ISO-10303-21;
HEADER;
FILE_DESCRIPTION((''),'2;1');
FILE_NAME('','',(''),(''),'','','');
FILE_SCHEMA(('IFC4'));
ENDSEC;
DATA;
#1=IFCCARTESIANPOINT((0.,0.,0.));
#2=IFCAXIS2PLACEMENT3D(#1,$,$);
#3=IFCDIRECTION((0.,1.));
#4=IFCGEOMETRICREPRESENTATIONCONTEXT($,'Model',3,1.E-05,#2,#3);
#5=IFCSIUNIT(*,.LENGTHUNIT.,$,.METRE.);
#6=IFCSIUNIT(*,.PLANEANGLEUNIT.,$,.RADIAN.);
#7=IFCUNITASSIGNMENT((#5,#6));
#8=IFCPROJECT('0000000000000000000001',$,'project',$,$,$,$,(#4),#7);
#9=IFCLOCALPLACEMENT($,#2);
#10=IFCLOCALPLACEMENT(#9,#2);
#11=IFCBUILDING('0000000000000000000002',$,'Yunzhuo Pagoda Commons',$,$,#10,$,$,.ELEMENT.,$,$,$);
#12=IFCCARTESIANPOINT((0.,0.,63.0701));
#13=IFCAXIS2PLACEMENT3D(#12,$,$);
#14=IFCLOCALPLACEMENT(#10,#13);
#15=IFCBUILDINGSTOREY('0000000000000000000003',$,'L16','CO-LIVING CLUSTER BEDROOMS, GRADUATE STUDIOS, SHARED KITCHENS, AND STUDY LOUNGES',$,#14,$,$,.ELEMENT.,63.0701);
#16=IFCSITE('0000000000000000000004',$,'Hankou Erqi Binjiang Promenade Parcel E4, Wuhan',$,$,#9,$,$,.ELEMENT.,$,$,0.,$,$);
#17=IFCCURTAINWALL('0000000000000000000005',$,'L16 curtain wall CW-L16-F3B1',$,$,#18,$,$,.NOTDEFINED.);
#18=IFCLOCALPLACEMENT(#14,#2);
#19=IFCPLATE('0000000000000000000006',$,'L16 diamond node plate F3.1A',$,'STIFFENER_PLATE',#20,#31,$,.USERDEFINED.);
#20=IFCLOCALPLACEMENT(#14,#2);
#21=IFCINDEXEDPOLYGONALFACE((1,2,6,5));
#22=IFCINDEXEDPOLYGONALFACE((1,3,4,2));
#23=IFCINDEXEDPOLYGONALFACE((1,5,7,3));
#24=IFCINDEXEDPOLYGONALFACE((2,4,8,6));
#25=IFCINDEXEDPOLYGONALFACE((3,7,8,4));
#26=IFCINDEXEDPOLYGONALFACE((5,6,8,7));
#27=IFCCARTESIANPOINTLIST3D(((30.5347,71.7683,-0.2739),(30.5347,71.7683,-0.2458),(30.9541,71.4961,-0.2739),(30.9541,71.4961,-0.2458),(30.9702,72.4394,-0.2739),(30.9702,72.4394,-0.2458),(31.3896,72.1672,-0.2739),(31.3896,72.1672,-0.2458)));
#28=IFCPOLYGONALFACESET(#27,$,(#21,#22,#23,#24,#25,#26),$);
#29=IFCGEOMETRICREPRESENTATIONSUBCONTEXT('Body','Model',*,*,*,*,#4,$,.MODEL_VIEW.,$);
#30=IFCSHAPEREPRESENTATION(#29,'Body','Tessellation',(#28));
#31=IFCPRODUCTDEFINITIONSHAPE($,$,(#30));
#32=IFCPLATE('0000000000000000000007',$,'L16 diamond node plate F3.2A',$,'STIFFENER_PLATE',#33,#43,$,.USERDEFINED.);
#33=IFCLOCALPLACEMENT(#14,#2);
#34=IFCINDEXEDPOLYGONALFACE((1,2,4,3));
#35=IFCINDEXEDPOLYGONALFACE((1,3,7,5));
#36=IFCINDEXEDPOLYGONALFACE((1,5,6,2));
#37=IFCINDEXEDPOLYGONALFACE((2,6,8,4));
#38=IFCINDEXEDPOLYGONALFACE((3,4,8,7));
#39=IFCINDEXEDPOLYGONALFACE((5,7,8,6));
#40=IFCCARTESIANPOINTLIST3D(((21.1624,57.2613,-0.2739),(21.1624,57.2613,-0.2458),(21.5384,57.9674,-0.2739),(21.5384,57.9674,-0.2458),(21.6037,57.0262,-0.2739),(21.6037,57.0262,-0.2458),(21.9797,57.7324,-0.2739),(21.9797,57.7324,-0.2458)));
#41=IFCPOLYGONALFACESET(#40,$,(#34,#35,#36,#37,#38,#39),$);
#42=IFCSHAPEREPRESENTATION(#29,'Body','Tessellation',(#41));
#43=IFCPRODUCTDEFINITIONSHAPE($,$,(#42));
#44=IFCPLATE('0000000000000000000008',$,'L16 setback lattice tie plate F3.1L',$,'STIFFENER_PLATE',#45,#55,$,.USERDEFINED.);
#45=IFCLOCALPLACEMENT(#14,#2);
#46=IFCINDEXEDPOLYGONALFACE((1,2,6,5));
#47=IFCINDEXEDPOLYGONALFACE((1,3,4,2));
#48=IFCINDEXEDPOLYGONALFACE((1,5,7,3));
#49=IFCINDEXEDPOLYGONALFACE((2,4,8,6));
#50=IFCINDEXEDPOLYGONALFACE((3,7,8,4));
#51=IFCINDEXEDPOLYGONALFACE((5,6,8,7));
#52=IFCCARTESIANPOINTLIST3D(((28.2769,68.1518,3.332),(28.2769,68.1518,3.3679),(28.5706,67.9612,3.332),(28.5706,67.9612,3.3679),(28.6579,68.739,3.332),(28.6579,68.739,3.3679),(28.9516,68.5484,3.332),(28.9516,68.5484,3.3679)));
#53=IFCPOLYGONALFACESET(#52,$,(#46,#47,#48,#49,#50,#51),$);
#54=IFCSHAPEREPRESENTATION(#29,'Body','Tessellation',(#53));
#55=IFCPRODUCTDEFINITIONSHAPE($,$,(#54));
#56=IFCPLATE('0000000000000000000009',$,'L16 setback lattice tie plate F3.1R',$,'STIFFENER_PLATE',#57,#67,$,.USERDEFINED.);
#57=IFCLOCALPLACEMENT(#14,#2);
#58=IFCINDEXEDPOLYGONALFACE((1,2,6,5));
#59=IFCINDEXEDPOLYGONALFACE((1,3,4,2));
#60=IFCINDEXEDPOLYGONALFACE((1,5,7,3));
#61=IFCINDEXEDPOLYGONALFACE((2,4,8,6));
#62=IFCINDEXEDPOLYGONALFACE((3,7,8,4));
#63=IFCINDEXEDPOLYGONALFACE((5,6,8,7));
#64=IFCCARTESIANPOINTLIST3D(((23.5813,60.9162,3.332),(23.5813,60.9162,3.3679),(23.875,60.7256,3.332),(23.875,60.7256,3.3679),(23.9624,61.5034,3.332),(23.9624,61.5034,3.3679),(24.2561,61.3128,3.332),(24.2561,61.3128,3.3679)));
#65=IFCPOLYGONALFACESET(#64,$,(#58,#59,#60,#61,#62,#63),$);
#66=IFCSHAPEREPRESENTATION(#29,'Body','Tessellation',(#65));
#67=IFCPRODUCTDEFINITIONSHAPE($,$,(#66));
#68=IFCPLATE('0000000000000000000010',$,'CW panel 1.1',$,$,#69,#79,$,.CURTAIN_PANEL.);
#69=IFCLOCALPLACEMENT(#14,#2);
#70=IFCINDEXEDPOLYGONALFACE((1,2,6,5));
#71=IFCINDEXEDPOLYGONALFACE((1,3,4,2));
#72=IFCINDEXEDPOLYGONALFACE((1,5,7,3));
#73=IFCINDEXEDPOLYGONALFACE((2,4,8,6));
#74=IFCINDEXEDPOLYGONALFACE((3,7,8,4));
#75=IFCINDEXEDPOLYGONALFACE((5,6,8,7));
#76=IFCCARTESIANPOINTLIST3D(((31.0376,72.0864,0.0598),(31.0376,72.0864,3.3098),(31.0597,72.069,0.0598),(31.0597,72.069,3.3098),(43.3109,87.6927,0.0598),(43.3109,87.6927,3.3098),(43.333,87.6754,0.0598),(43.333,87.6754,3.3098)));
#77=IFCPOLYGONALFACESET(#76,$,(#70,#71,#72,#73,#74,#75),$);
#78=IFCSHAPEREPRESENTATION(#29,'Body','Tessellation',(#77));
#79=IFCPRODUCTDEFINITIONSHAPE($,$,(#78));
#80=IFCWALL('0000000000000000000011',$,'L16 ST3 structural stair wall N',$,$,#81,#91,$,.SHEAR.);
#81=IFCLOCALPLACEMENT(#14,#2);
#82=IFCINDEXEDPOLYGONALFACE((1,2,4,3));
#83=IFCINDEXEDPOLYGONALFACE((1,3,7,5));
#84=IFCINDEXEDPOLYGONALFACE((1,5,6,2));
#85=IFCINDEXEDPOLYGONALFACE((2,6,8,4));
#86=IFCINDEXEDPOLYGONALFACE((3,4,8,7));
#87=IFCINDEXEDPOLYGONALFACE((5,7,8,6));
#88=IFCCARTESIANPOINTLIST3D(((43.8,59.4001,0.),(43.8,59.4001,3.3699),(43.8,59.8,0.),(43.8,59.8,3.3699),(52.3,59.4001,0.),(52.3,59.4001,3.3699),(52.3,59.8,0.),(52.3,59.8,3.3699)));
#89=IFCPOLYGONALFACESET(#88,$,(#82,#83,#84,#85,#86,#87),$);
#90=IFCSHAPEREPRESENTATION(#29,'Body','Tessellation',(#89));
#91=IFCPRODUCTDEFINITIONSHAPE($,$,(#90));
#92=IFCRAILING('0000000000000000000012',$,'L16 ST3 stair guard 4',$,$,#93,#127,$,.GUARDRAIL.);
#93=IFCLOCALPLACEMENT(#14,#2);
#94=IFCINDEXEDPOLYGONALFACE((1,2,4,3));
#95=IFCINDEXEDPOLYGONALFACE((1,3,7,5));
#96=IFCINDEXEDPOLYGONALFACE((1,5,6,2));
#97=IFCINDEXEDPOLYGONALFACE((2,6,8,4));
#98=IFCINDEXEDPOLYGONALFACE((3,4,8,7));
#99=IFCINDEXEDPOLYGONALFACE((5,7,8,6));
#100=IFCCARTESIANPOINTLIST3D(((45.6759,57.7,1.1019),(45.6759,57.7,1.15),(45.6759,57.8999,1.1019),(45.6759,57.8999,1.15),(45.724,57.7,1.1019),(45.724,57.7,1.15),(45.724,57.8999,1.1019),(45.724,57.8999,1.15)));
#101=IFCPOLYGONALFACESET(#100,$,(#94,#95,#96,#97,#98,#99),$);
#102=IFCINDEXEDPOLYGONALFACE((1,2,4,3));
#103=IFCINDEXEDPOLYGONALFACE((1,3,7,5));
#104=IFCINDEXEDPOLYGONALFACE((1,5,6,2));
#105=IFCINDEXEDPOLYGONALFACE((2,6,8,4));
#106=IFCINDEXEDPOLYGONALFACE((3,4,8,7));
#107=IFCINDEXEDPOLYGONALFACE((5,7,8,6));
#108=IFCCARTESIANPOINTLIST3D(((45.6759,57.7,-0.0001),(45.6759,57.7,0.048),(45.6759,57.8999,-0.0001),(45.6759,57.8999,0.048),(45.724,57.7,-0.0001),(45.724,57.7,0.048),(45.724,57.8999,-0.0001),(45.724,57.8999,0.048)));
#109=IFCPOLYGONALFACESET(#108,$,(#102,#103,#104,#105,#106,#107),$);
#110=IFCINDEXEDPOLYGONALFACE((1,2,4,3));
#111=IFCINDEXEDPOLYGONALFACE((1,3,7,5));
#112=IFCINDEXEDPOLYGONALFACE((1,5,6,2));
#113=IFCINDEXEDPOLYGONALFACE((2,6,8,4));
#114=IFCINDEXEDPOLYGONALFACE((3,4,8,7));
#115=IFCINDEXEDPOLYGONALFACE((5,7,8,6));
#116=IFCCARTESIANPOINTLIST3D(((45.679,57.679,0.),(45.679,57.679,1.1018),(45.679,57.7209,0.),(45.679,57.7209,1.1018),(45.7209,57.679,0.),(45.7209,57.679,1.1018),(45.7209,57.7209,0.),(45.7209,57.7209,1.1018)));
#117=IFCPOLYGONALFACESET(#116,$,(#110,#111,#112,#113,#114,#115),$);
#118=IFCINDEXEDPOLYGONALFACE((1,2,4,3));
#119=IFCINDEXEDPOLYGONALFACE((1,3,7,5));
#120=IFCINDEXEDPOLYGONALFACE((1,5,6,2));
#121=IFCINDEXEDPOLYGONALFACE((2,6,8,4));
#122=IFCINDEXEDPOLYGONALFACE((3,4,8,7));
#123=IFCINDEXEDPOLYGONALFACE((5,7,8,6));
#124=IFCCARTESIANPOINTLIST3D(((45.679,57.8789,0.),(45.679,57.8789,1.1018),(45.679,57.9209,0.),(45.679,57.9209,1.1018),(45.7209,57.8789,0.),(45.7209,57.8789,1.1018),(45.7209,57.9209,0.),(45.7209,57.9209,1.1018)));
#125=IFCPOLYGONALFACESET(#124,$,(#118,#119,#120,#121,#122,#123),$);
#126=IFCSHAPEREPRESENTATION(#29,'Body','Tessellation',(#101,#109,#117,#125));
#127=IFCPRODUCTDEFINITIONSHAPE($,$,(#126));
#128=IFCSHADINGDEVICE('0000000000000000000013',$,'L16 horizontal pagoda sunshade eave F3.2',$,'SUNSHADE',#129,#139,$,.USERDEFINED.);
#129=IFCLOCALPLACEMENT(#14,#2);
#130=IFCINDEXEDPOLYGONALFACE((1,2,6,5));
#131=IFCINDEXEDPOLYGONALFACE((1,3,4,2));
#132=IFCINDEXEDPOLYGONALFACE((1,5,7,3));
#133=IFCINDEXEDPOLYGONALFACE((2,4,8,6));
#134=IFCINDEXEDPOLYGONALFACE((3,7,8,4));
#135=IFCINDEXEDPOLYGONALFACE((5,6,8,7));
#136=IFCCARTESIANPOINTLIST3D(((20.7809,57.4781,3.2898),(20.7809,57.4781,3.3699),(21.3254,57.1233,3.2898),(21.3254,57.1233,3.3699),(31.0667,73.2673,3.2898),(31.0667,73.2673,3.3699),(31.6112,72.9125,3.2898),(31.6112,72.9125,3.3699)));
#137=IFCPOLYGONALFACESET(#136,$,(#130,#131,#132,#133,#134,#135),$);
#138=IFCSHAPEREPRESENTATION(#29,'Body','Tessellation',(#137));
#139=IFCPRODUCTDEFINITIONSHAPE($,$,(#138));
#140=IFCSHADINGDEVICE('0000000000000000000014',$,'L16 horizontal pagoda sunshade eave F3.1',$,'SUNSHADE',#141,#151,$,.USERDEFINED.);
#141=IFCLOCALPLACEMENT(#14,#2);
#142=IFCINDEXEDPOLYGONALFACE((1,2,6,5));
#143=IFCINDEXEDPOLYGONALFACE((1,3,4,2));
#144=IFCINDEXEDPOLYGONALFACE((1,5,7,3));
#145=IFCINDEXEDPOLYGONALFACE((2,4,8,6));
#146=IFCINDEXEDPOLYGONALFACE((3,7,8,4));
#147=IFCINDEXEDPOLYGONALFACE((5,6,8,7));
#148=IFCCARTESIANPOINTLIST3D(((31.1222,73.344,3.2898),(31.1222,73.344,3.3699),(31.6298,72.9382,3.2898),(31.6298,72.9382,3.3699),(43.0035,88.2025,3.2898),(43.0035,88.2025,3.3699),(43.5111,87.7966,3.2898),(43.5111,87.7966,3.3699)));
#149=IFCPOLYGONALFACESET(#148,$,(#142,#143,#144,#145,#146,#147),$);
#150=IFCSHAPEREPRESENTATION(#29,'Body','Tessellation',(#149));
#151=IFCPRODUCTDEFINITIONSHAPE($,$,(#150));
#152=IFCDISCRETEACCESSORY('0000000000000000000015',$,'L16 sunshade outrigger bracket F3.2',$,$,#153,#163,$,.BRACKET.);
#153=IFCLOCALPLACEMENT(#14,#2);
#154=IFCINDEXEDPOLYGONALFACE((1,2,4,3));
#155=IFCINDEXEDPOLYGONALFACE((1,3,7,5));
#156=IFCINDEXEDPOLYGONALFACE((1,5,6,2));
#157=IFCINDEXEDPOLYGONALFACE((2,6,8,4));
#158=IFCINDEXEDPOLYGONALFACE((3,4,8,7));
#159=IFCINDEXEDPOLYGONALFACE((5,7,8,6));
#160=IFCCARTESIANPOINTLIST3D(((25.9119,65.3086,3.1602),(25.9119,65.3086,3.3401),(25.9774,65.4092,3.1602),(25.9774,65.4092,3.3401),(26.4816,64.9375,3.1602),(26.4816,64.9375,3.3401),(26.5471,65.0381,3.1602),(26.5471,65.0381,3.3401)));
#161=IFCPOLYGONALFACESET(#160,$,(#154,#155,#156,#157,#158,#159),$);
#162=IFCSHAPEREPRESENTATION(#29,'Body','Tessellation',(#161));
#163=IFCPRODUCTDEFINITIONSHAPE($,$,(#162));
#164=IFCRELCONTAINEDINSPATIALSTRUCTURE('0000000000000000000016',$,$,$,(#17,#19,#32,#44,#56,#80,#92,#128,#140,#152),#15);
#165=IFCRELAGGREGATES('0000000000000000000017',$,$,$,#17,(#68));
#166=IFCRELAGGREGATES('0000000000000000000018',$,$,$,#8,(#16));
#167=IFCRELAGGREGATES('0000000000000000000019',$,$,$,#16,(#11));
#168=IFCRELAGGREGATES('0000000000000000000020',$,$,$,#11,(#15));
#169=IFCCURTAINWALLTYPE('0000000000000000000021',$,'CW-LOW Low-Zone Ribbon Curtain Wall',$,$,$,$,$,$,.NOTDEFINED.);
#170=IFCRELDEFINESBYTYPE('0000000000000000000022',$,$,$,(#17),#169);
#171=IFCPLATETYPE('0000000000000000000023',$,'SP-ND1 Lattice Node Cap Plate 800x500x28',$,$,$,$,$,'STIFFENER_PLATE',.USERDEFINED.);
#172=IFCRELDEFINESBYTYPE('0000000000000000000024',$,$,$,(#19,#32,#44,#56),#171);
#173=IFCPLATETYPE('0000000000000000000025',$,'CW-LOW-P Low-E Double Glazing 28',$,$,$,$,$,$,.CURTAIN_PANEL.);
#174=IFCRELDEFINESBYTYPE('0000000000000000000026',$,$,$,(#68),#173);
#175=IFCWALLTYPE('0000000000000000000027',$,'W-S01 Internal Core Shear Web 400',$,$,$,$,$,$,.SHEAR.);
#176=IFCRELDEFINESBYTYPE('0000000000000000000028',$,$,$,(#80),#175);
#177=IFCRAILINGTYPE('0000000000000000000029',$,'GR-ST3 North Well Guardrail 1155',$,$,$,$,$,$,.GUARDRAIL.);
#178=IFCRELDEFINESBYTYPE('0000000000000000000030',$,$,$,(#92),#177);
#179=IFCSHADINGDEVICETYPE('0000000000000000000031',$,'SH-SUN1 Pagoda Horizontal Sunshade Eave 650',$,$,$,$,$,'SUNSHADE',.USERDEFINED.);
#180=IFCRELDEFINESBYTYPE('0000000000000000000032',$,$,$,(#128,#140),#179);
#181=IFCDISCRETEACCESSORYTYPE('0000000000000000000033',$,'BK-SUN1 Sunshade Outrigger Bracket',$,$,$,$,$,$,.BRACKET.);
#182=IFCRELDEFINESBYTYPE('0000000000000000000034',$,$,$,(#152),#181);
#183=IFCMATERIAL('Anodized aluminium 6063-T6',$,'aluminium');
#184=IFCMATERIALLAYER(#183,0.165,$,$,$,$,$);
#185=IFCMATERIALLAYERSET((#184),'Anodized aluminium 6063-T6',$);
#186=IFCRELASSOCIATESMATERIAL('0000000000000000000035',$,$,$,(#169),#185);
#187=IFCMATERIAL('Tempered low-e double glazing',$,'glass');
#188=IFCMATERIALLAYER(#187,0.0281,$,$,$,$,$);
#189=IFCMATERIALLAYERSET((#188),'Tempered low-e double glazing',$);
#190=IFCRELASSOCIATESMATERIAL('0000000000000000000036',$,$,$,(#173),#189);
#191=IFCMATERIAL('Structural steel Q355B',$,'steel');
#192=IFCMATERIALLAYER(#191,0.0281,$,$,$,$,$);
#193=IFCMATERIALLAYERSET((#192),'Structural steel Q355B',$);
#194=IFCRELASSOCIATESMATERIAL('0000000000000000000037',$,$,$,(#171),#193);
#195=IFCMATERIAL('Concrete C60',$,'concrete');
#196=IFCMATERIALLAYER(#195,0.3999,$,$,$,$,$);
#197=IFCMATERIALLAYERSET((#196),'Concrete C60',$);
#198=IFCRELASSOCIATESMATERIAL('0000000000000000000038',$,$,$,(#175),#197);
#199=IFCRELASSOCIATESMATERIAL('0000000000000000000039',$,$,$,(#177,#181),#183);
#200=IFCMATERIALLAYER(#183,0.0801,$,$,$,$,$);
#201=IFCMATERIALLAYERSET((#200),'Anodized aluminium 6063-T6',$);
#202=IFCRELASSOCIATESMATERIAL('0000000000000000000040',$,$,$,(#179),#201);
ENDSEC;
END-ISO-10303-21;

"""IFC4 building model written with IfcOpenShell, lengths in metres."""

from ifc_helpers import new_model, si_unit, direction, frame, frame_2d, origin, origin_2d, place, context, subcontext, project, spatial, rectangle, extrude, source, transform, mapped, material, layer, layer_set, type_object, element, aggregate, save


model = new_model("IFC4")

# Units and contexts
model_context = context("Model", 3, precision=1e-05, world=origin(), true_north=direction((0.0, 1.0)))
body_context = subcontext(model_context, "Body", "Model", "MODEL_VIEW")
ifc_project = project(units=[si_unit("LENGTHUNIT", "METRE"), si_unit("PLANEANGLEUNIT", "RADIAN")], contexts=[model_context])

# Site, building, storey
site_placement = place(None, origin())
site = spatial("IfcSite", under=ifc_project, at=site_placement, Name="Hankou Erqi Binjiang Promenade Parcel E4, Wuhan", CompositionType="ELEMENT", RefElevation=0.0)
building_placement = place(site_placement, origin())
building = spatial("IfcBuilding", under=site, at=building_placement, Name="Yunzhuo Pagoda Commons", CompositionType="ELEMENT")
storey_placement = place(building_placement, frame((0.0, 0.0, 63.0701)))
storey = spatial("IfcBuildingStorey", under=building, at=storey_placement, Name="L16", Description="CO-LIVING CLUSTER BEDROOMS, GRADUATE STUDIOS, SHARED KITCHENS, AND STUDY LOUNGES", CompositionType="ELEMENT", Elevation=63.0701)

# Shared definitions
ifc_material_1 = material(Name="Structural steel Q355B", Category="steel")

# Curtain wall
ifc_material_2 = material(Name="Anodized aluminium 6063-T6", Category="aluminium")
ifc_layer_1 = layer(ifc_material_2, 0.165)
ifc_layer_set_1 = layer_set([ifc_layer_1], Name="Anodized aluminium 6063-T6")
curtain_wall_type = type_object("IfcCurtainWallType", Name="CW-LOW Low-Zone Ribbon Curtain Wall", PredefinedType="NOTDEFINED", material=ifc_layer_set_1)
curtain_wall_1_placement = place(storey_placement, origin())
curtain_wall_1 = element("IfcCurtainWall", 1, at=curtain_wall_1_placement, inside=storey, type_object=curtain_wall_type, Name="L16 curtain wall CW-L16-F3B1", PredefinedType="NOTDEFINED")

# Shared definitions
ifc_material_3 = material(Name="Tempered low-e double glazing", Category="glass")
ifc_layer_2 = layer(ifc_material_3, 0.0281)
ifc_layer_set_2 = layer_set([ifc_layer_2], Name="Tempered low-e double glazing")
plate_type_1 = type_object("IfcPlateType", Name="CW-LOW-P Low-E Double Glazing 28", PredefinedType="CURTAIN_PANEL", material=ifc_layer_set_2)

# Plates
ifc_layer_3 = layer(ifc_material_1, 0.0281)
ifc_layer_set_3 = layer_set([ifc_layer_3], Name="Structural steel Q355B")
plate_type_2 = type_object("IfcPlateType", Name="SP-ND1 Lattice Node Cap Plate 800x500x28", ElementType="STIFFENER_PLATE", PredefinedType="USERDEFINED", material=ifc_layer_set_3)
shared_shape_1 = source(origin(), body_context, "Body", "SweptSolid", [
    extrude(rectangle(XDim=0.8, YDim=0.5, at=origin_2d()), origin(), (0.0, 0.0, 1.0), 0.0281),
])
for number, where, z_axis, x_axis, name in (
    (2, (30.9622, 71.9678, -0.2739), (0.0, 0.0, 1.0), (-0.544376, -0.838842, 0.0), "L16 diamond node plate F3.1A"),
    (3, (21.571, 57.4968, -0.2739), (0.0, 0.0, 1.0), (-0.470057, -0.882636, 0.0), "L16 diamond node plate F3.2A"),
):
    element("IfcPlate", number, at=place(storey_placement, frame(where, z_axis=z_axis, x_axis=x_axis)), inside=storey, type_object=plate_type_2, Name=name, ObjectType="STIFFENER_PLATE", PredefinedType="USERDEFINED", context=body_context, shape_type="MappedRepresentation", body=[
        mapped(shared_shape_1, transform((0.0, 0.0, 0.0), scale=1.0)),
    ])
shared_shape_2 = source(origin(), body_context, "Body", "SweptSolid", [
    extrude(rectangle(XDim=0.7, YDim=0.3501, at=origin_2d()), origin(), (0.0, 0.0, 1.0), 0.0359),
])
for number, where, z_axis, x_axis, name in (
    (4, (28.6143, 68.3501, 3.332), (0.0, 0.0, 1.0), (-0.544376, -0.838842, 0.0), "L16 setback lattice tie plate F3.1L"),
    (5, (23.9187, 61.1145, 3.332), (0.0, 0.0, 1.0), (-0.544376, -0.838842, 0.0), "L16 setback lattice tie plate F3.1R"),
):
    element("IfcPlate", number, at=place(storey_placement, frame(where, z_axis=z_axis, x_axis=x_axis)), inside=storey, type_object=plate_type_2, Name=name, ObjectType="STIFFENER_PLATE", PredefinedType="USERDEFINED", context=body_context, shape_type="MappedRepresentation", body=[
        mapped(shared_shape_2, transform((0.0, 0.0, 0.0), scale=1.0)),
    ])

# Plate
shared_shape_3 = source(origin(), body_context, "Body", "SweptSolid", [
    extrude(rectangle(XDim=19.8542, YDim=0.0281, at=origin_2d()), origin(), (0.0, 0.0, 1.0), 3.25),
])
plate_1_placement = place(storey_placement, frame((37.1853, 79.8809, 0.0598), z_axis=(0.0, 0.0, 1.0), x_axis=(-0.618168, -0.786046, 0.0)))
plate_1 = element("IfcPlate", 6, at=plate_1_placement, type_object=plate_type_1, Name="CW panel 1.1", PredefinedType="CURTAIN_PANEL", context=body_context, shape_type="MappedRepresentation", body=[
    mapped(shared_shape_3, transform((0.0, 0.0, 0.0), scale=1.0)),
])
aggregate(curtain_wall_1, [plate_1])

# Wall
ifc_material_4 = material(Name="Concrete C60", Category="concrete")
ifc_layer_4 = layer(ifc_material_4, 0.3999)
ifc_layer_set_4 = layer_set([ifc_layer_4], Name="Concrete C60")
wall_type = type_object("IfcWallType", Name="W-S01 Internal Core Shear Web 400", PredefinedType="SHEAR", material=ifc_layer_set_4)
wall_placement = place(storey_placement, frame((43.8, 59.6001, 0.0), z_axis=(0.0, 0.0, 1.0), x_axis=(1.0, 0.0, 0.0)))
element("IfcWall", 7, at=wall_placement, inside=storey, type_object=wall_type, Name="L16 ST3 structural stair wall N", PredefinedType="SHEAR", context=body_context, shape_type="SweptSolid", body=[
    extrude(rectangle(XDim=8.5, YDim=0.3999, at=frame_2d((4.25, 0.0))), origin(), (0.0, 0.0, 1.0), 3.3699),
])

# Railing
railing_type = type_object("IfcRailingType", Name="GR-ST3 North Well Guardrail 1155", PredefinedType="GUARDRAIL", material=ifc_material_2)
railing_placement = place(storey_placement, frame((45.7, 57.7, 0.0)))
element("IfcRailing", 8, at=railing_placement, inside=storey, type_object=railing_type, Name="L16 ST3 stair guard 4", PredefinedType="GUARDRAIL", context=body_context, shape_type="SweptSolid", body=[
    extrude(rectangle(XDim=0.0481, YDim=0.0481, at=origin_2d()), frame((0.0, 0.0, 1.126), z_axis=(0.0, 1.0, 0.0), x_axis=(-1.0, 0.0, 0.0)), (0.0, 0.0, 1.0), 0.2),
    extrude(rectangle(XDim=0.0481, YDim=0.0481, at=origin_2d()), frame((0.0, 0.0, 0.0239), z_axis=(0.0, 1.0, 0.0), x_axis=(-1.0, 0.0, 0.0)), (0.0, 0.0, 1.0), 0.2),
    extrude(rectangle(XDim=0.042, YDim=0.042, at=origin_2d()), origin(), (0.0, 0.0, 1.0), 1.1018),
    extrude(rectangle(XDim=0.042, YDim=0.042, at=origin_2d()), frame((0.0, 0.2, 0.0)), (0.0, 0.0, 1.0), 1.1018),
])

# Shading devices
ifc_layer_5 = layer(ifc_material_2, 0.0801)
ifc_layer_set_5 = layer_set([ifc_layer_5], Name="Anodized aluminium 6063-T6")
shading_device_type = type_object("IfcShadingDeviceType", Name="SH-SUN1 Pagoda Horizontal Sunshade Eave 650", ElementType="SUNSHADE", PredefinedType="USERDEFINED", material=ifc_layer_set_5)
shared_shape_4 = source(origin(), body_context, "Body", "SweptSolid", [
    extrude(rectangle(XDim=18.844, YDim=0.6499, at=origin_2d()), origin(), (0.0, 0.0, 1.0), 0.0801),
])
shading_device_1_placement = place(storey_placement, frame((26.196, 65.1953, 3.2898), z_axis=(0.0, 0.0, 1.0), x_axis=(-0.545839, -0.83789, 0.0)))
element("IfcShadingDevice", 9, at=shading_device_1_placement, inside=storey, type_object=shading_device_type, Name="L16 horizontal pagoda sunshade eave F3.2", ObjectType="SUNSHADE", PredefinedType="USERDEFINED", context=body_context, shape_type="MappedRepresentation", body=[
    mapped(shared_shape_4, transform((0.0, 0.0, 0.0), scale=1.0)),
])
shared_shape_5 = source(origin(), body_context, "Body", "SweptSolid", [
    extrude(rectangle(XDim=19.0247, YDim=0.6499, at=origin_2d()), origin(), (0.0, 0.0, 1.0), 0.0801),
])
shading_device_2_placement = place(storey_placement, frame((37.3167, 80.5703, 3.2898), z_axis=(0.0, 0.0, 1.0), x_axis=(-0.62452, -0.781008, 0.0)))
element("IfcShadingDevice", 10, at=shading_device_2_placement, inside=storey, type_object=shading_device_type, Name="L16 horizontal pagoda sunshade eave F3.1", ObjectType="SUNSHADE", PredefinedType="USERDEFINED", context=body_context, shape_type="MappedRepresentation", body=[
    mapped(shared_shape_5, transform((0.0, 0.0, 0.0), scale=1.0)),
])

# Discrete accessory
discrete_accessory_type = type_object("IfcDiscreteAccessoryType", Name="BK-SUN1 Sunshade Outrigger Bracket", PredefinedType="BRACKET", material=ifc_material_2)
shared_shape_6 = source(origin(), body_context, "Body", "SweptSolid", [
    extrude(rectangle(XDim=0.1201, YDim=0.6799, at=origin_2d()), origin(), (0.0, 0.0, 1.0), 0.1799),
])
discrete_accessory_placement = place(storey_placement, frame((26.2295, 65.1733, 3.1602), z_axis=(0.0, 0.0, 1.0), x_axis=(-0.545839, -0.83789, 0.0)))
element("IfcDiscreteAccessory", 11, at=discrete_accessory_placement, inside=storey, type_object=discrete_accessory_type, Name="L16 sunshade outrigger bracket F3.2", PredefinedType="BRACKET", context=body_context, shape_type="MappedRepresentation", body=[
    mapped(shared_shape_6, transform((0.0, 0.0, 0.0), scale=1.0)),
])

save(model, "model.ifc")
